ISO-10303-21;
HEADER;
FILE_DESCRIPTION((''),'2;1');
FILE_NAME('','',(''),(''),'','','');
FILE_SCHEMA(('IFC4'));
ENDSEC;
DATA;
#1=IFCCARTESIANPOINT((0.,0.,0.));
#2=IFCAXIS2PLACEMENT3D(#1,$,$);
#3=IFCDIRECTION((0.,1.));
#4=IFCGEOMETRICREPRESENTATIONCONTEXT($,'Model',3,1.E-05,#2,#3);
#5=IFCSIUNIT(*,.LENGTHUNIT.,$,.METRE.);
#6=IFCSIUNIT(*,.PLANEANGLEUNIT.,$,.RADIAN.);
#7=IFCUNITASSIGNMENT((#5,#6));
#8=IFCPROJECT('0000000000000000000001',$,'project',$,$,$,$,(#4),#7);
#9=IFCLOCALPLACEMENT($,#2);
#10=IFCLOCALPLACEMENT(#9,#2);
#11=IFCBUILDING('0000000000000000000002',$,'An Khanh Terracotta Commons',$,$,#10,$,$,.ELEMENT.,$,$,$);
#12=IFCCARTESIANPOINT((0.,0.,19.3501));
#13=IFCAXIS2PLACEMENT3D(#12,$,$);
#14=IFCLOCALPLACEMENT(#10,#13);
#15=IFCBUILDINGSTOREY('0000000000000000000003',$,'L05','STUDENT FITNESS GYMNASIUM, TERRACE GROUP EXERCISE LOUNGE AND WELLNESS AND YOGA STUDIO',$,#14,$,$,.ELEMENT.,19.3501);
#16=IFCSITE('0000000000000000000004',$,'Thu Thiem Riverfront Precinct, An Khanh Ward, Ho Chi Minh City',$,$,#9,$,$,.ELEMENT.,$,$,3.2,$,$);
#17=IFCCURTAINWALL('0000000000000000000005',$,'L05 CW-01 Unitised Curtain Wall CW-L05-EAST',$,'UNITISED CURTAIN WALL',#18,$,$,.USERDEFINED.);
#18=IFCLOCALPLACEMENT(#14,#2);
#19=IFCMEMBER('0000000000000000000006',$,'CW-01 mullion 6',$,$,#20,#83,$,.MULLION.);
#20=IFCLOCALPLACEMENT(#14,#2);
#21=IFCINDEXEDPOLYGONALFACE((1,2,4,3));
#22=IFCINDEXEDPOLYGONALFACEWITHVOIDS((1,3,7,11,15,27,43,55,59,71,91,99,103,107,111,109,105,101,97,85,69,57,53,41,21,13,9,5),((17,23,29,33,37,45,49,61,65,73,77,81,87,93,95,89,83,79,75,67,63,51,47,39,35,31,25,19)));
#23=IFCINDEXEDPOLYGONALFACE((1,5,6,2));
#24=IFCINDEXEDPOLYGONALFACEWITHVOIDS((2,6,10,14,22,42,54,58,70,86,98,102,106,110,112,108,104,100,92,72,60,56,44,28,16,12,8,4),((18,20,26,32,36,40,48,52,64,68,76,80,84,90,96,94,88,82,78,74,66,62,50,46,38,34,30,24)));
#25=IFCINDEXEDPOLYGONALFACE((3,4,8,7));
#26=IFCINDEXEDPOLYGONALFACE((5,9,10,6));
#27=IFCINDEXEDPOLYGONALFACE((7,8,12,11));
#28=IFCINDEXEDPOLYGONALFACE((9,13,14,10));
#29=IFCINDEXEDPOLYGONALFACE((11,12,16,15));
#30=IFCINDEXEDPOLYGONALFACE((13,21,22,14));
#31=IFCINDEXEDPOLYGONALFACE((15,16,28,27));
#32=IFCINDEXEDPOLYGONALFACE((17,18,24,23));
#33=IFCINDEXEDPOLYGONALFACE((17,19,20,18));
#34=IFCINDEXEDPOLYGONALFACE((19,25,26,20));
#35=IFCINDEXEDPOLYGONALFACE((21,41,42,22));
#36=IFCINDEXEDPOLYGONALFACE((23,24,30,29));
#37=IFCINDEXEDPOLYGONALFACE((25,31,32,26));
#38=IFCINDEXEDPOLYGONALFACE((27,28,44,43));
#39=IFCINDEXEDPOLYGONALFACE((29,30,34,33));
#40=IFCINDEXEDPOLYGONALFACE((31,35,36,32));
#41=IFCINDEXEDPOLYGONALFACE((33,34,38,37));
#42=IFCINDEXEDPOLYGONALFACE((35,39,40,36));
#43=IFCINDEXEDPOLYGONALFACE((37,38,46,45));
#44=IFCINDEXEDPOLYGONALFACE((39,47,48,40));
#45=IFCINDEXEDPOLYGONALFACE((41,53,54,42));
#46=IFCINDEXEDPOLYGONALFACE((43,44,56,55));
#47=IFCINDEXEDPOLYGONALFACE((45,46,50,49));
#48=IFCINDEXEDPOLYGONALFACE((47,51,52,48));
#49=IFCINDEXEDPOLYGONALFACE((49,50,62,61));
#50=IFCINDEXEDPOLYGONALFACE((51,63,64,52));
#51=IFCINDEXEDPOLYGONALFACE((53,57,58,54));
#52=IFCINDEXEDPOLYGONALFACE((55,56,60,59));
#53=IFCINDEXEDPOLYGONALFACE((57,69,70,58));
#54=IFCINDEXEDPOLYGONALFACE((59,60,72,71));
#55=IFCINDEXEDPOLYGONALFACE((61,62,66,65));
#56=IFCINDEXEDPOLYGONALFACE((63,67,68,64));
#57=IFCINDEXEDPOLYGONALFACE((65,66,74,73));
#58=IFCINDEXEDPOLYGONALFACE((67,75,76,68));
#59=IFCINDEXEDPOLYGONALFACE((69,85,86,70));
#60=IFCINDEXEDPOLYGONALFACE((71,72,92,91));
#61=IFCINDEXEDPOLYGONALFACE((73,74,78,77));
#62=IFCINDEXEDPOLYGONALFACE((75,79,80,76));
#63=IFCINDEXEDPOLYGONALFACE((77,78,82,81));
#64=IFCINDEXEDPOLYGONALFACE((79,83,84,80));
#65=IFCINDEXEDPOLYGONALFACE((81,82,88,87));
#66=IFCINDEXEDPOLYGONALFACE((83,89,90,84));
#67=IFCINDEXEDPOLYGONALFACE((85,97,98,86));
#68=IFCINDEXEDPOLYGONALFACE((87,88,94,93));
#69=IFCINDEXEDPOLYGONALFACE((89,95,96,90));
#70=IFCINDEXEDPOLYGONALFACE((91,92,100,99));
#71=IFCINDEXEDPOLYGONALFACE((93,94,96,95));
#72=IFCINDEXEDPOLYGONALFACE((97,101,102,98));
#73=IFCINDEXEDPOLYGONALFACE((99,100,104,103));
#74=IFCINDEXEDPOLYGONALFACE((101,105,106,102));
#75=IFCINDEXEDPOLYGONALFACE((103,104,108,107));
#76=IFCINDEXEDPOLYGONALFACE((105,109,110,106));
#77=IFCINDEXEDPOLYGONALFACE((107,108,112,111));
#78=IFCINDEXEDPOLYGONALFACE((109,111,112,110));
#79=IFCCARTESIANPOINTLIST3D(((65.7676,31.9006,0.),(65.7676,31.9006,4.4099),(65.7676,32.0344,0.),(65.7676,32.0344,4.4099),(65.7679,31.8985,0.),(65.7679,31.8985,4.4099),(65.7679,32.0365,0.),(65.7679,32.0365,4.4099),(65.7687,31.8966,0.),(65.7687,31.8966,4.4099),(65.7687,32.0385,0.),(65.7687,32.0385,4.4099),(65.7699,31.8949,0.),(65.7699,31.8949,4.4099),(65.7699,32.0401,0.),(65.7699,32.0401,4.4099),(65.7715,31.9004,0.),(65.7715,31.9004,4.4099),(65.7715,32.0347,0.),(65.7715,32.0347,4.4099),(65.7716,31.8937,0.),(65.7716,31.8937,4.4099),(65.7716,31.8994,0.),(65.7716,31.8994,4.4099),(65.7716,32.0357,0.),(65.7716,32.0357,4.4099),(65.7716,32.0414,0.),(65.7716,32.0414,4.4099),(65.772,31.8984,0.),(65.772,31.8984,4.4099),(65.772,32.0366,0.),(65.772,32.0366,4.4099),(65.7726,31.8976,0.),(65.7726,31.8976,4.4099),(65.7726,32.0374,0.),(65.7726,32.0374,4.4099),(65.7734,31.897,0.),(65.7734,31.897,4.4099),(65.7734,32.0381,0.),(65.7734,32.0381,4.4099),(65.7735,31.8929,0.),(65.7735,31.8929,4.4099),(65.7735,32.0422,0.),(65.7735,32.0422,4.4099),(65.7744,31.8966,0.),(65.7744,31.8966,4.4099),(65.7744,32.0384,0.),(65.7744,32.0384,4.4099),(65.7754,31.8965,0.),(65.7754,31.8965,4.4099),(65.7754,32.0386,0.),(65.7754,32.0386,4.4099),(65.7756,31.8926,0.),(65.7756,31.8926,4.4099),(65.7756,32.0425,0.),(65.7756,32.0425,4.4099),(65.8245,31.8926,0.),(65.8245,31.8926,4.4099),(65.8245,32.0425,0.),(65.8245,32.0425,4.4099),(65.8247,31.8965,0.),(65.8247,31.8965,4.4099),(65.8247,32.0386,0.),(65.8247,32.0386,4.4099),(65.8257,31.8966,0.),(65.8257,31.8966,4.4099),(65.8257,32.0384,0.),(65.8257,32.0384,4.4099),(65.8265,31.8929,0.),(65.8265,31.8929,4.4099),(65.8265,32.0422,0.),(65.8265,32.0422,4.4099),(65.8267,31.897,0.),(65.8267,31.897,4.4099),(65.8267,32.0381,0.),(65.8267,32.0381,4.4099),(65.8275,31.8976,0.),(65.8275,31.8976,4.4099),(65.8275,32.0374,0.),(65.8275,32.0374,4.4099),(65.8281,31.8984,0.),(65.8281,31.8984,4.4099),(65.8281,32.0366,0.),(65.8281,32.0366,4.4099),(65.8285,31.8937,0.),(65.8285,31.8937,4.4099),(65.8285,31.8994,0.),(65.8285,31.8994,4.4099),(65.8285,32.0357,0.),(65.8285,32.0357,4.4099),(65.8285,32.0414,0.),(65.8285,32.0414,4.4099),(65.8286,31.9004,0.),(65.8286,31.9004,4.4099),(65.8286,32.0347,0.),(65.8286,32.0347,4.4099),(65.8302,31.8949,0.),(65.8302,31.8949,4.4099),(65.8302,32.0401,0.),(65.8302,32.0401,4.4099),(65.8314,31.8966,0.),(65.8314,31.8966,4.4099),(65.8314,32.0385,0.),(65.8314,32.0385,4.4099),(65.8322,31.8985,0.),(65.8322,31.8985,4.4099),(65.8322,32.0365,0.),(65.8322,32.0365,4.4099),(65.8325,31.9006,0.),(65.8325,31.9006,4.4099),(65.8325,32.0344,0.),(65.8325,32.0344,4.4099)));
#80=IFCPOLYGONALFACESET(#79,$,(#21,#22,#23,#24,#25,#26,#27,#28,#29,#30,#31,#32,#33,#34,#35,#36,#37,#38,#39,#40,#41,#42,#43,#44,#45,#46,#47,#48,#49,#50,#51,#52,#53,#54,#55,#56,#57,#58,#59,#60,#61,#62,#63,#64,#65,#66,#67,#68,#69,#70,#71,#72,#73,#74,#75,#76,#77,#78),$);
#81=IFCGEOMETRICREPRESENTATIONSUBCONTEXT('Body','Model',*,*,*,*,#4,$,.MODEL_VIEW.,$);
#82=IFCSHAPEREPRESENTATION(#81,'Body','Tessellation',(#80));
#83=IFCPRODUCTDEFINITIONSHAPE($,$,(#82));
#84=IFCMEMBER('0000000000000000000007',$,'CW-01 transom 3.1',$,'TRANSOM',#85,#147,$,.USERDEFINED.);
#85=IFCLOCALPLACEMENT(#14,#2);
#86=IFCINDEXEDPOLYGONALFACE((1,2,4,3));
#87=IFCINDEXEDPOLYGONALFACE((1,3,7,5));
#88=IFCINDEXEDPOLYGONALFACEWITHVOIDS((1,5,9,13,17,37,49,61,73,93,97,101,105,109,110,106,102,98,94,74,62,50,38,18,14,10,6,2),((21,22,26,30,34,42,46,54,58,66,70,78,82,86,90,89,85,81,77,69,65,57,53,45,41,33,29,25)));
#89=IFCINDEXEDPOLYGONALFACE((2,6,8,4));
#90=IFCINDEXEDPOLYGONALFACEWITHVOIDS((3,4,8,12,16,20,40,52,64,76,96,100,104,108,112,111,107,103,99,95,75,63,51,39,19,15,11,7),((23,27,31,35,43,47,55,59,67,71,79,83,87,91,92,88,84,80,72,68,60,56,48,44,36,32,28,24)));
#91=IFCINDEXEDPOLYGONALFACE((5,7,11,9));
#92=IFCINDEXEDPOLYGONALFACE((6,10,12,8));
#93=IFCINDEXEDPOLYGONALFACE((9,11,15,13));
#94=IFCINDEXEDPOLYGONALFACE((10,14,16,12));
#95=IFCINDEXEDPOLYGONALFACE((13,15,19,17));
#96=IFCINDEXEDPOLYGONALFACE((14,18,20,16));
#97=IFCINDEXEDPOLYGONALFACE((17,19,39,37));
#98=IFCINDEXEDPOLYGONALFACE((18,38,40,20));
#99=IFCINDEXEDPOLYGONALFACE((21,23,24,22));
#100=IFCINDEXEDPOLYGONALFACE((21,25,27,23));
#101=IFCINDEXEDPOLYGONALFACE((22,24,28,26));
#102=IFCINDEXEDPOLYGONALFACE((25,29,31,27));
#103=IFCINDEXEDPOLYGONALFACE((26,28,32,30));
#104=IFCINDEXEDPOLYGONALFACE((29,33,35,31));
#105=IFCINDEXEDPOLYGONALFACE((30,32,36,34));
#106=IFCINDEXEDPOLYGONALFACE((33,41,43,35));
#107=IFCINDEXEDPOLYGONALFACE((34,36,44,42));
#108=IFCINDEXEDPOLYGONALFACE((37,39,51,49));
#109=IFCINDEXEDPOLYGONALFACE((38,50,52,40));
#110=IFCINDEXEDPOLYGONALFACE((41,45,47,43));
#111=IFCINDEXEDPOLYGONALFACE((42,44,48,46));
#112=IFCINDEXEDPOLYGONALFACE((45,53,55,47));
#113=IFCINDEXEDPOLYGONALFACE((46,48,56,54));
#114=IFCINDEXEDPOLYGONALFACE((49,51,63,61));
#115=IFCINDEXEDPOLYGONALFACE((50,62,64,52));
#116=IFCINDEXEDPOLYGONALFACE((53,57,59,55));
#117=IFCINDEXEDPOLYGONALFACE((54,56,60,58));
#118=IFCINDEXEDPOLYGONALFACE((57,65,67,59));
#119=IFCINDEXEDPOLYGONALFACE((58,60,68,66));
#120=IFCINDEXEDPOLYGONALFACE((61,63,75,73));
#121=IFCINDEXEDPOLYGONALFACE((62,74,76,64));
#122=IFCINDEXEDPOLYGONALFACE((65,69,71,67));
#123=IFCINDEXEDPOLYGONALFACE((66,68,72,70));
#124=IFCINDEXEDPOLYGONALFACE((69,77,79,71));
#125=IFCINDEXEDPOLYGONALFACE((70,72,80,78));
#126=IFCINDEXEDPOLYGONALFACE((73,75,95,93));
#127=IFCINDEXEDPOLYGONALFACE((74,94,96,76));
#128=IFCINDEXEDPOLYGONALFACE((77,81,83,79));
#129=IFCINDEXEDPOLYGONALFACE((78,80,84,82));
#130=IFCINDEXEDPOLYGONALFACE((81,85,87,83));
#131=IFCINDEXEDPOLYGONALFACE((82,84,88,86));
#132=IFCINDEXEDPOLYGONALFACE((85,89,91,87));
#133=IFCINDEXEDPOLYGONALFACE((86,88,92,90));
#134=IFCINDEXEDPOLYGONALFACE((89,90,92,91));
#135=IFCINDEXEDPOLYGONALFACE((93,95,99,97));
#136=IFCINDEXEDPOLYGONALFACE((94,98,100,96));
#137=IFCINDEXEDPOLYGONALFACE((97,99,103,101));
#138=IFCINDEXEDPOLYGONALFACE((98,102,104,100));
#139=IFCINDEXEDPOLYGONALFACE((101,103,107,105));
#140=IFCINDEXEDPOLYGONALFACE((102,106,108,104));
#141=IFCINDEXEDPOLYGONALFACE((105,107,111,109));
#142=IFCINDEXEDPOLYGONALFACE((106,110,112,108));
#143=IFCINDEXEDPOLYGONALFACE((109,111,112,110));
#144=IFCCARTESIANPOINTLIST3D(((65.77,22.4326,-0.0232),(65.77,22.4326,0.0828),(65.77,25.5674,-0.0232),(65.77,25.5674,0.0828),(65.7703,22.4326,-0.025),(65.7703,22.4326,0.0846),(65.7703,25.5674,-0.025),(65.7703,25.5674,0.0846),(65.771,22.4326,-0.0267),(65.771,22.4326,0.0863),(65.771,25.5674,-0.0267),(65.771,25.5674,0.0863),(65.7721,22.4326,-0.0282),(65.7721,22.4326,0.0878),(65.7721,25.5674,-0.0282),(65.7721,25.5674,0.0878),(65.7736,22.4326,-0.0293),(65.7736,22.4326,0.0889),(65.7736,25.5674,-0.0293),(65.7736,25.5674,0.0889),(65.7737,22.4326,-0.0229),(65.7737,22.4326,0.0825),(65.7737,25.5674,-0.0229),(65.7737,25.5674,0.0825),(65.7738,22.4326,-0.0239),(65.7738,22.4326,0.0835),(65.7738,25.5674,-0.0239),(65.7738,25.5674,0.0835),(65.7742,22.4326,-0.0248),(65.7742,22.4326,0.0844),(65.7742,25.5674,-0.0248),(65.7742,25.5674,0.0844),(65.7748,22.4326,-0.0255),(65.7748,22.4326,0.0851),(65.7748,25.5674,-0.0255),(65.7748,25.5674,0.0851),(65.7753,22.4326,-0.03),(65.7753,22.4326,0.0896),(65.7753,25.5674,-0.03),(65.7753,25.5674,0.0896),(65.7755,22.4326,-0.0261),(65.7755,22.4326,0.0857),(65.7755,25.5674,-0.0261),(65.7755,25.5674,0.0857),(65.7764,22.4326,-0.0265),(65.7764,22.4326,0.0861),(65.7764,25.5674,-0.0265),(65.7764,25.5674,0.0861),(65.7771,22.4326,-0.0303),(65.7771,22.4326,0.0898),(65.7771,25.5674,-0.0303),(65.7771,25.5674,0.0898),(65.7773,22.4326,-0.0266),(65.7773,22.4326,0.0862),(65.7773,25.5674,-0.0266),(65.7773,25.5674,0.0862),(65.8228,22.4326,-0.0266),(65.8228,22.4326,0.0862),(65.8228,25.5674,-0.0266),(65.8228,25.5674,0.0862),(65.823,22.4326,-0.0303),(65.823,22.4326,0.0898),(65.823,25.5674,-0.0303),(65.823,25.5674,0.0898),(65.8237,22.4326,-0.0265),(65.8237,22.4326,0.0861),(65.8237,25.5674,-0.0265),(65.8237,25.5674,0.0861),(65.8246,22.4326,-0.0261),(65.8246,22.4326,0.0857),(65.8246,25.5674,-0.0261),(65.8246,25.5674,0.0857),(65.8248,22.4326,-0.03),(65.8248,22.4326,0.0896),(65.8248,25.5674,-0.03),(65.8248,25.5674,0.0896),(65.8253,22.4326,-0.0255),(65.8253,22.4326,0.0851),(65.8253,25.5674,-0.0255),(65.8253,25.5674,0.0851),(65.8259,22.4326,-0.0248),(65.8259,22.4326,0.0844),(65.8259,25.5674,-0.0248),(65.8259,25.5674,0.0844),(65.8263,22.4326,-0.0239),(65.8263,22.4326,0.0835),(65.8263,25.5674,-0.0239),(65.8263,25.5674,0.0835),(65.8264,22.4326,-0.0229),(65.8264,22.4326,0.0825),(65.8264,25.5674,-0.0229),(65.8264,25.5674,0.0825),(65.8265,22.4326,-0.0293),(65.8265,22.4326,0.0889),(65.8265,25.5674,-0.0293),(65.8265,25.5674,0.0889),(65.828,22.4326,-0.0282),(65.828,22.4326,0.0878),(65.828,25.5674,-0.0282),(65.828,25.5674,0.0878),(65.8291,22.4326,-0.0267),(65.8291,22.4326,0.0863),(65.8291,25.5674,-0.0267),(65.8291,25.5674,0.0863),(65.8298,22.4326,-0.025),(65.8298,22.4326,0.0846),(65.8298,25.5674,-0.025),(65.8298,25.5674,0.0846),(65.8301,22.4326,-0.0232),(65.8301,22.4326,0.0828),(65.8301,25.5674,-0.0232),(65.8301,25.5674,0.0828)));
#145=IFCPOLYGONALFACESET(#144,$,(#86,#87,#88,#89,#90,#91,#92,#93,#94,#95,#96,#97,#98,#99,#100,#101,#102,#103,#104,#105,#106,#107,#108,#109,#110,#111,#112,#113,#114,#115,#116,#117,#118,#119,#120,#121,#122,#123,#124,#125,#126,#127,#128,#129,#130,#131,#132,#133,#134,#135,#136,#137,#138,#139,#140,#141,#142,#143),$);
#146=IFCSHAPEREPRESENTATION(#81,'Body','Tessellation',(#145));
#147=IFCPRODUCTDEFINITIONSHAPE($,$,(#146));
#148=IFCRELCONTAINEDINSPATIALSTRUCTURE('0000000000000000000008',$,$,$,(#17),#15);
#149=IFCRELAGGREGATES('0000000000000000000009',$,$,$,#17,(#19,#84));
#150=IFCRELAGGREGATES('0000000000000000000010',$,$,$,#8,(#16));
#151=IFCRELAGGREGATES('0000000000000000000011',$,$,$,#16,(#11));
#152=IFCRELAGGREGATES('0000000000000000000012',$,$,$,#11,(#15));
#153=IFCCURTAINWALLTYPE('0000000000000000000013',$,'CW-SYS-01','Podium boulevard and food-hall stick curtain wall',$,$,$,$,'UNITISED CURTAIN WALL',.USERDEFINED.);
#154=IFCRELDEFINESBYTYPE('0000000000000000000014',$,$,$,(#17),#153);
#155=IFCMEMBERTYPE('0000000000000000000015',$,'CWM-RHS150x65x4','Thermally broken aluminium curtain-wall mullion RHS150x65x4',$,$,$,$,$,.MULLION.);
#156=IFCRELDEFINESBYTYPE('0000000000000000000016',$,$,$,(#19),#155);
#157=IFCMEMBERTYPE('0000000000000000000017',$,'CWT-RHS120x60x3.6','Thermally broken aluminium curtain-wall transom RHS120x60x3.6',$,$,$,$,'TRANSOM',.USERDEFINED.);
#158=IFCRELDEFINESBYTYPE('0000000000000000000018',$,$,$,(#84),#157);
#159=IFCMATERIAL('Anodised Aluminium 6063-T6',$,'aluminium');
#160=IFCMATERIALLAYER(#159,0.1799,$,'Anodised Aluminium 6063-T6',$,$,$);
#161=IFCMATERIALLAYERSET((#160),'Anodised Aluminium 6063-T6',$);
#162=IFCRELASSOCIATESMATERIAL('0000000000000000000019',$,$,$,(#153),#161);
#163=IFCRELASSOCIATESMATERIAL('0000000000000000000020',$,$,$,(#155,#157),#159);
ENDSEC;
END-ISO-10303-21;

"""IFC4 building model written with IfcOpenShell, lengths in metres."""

from ifc_helpers import new_model, si_unit, direction, frame, origin, origin_2d, place, context, subcontext, project, spatial, hollow_rectangle, extrude, material, layer, layer_set, material_profile, profile_set, type_object, element, aggregate, save


model = new_model("IFC4")

# Units and contexts
model_context = context("Model", 3, precision=1e-05, world=origin(), true_north=direction((0.0, 1.0)))
body_context = subcontext(model_context, "Body", "Model", "MODEL_VIEW")
ifc_project = project(units=[si_unit("LENGTHUNIT", "METRE"), si_unit("PLANEANGLEUNIT", "RADIAN")], contexts=[model_context])

# Site, building, storey
site_placement = place(None, origin())
site = spatial("IfcSite", under=ifc_project, at=site_placement, Name="Thu Thiem Riverfront Precinct, An Khanh Ward, Ho Chi Minh City", CompositionType="ELEMENT", RefElevation=3.2)
building_placement = place(site_placement, origin())
building = spatial("IfcBuilding", under=site, at=building_placement, Name="An Khanh Terracotta Commons", CompositionType="ELEMENT")
storey_placement = place(building_placement, frame((0.0, 0.0, 19.3501)))
storey = spatial("IfcBuildingStorey", under=building, at=storey_placement, Name="L05", Description="STUDENT FITNESS GYMNASIUM, TERRACE GROUP EXERCISE LOUNGE AND WELLNESS AND YOGA STUDIO", CompositionType="ELEMENT", Elevation=19.3501)

# Curtain wall, members
ifc_material_1 = material(Name="Anodised Aluminium 6063-T6", Category="aluminium")
ifc_layer_1 = layer(ifc_material_1, 0.1799, Name="Anodised Aluminium 6063-T6")
ifc_layer_set_1 = layer_set([ifc_layer_1], Name="Anodised Aluminium 6063-T6")
curtain_wall_type = type_object("IfcCurtainWallType", Name="CW-SYS-01", Description="Podium boulevard and food-hall stick curtain wall", ElementType="UNITISED CURTAIN WALL", PredefinedType="USERDEFINED", material=ifc_layer_set_1)
curtain_wall_placement = place(storey_placement, origin())
curtain_wall = element("IfcCurtainWall", 1, at=curtain_wall_placement, inside=storey, type_object=curtain_wall_type, Name="L05 CW-01 Unitised Curtain Wall CW-L05-EAST", ObjectType="UNITISED CURTAIN WALL", PredefinedType="USERDEFINED")
ifc_material_profile_1 = material_profile(ifc_material_1, hollow_rectangle(XDim=0.0649, YDim=0.1499, WallThickness=0.0039, InnerFilletRadius=0.0039, OuterFilletRadius=0.0081, at=origin_2d()), Name="RHS150x65x4")
ifc_profile_set_1 = profile_set([ifc_material_profile_1], Name="Anodised Aluminium 6063-T6")
member_type_1 = type_object("IfcMemberType", Name="CWM-RHS150x65x4", Description="Thermally broken aluminium curtain-wall mullion RHS150x65x4", PredefinedType="MULLION", material=ifc_profile_set_1)
member_1_placement = place(storey_placement, frame((65.8, 31.9675, 0.0), z_axis=(0.0, 0.0, 1.0), x_axis=(-1.0, 0.0, 0.0)))
member_1 = element("IfcMember", 2, at=member_1_placement, type_object=member_type_1, Name="CW-01 mullion 6", PredefinedType="MULLION", context=body_context, shape_type="SweptSolid", body=[
    extrude(hollow_rectangle(XDim=0.0649, YDim=0.1499, WallThickness=0.0039, InnerFilletRadius=0.0039, OuterFilletRadius=0.0081, at=origin_2d()), origin(), (0.0, 0.0, 1.0), 4.4099),
])
ifc_material_profile_2 = material_profile(ifc_material_1, hollow_rectangle(XDim=0.0601, YDim=0.1201, WallThickness=0.0037, InnerFilletRadius=0.0037, OuterFilletRadius=0.0071, at=origin_2d()), Name="RHS120x60x3.6")
ifc_profile_set_2 = profile_set([ifc_material_profile_2], Name="Anodised Aluminium 6063-T6")
member_type_2 = type_object("IfcMemberType", Name="CWT-RHS120x60x3.6", Description="Thermally broken aluminium curtain-wall transom RHS120x60x3.6", ElementType="TRANSOM", PredefinedType="USERDEFINED", material=ifc_profile_set_2)
member_2_placement = place(storey_placement, frame((65.8, 22.4326, 0.0298), z_axis=(0.0, 1.0, 0.0), x_axis=(-1.0, 0.0, 0.0)))
member_2 = element("IfcMember", 3, at=member_2_placement, type_object=member_type_2, Name="CW-01 transom 3.1", ObjectType="TRANSOM", PredefinedType="USERDEFINED", context=body_context, shape_type="SweptSolid", body=[
    extrude(hollow_rectangle(XDim=0.0601, YDim=0.1201, WallThickness=0.0037, InnerFilletRadius=0.0037, OuterFilletRadius=0.0071, at=origin_2d()), origin(), (0.0, 0.0, 1.0), 3.1348),
])
aggregate(curtain_wall, [member_1, member_2])

save(model, "model.ifc")
